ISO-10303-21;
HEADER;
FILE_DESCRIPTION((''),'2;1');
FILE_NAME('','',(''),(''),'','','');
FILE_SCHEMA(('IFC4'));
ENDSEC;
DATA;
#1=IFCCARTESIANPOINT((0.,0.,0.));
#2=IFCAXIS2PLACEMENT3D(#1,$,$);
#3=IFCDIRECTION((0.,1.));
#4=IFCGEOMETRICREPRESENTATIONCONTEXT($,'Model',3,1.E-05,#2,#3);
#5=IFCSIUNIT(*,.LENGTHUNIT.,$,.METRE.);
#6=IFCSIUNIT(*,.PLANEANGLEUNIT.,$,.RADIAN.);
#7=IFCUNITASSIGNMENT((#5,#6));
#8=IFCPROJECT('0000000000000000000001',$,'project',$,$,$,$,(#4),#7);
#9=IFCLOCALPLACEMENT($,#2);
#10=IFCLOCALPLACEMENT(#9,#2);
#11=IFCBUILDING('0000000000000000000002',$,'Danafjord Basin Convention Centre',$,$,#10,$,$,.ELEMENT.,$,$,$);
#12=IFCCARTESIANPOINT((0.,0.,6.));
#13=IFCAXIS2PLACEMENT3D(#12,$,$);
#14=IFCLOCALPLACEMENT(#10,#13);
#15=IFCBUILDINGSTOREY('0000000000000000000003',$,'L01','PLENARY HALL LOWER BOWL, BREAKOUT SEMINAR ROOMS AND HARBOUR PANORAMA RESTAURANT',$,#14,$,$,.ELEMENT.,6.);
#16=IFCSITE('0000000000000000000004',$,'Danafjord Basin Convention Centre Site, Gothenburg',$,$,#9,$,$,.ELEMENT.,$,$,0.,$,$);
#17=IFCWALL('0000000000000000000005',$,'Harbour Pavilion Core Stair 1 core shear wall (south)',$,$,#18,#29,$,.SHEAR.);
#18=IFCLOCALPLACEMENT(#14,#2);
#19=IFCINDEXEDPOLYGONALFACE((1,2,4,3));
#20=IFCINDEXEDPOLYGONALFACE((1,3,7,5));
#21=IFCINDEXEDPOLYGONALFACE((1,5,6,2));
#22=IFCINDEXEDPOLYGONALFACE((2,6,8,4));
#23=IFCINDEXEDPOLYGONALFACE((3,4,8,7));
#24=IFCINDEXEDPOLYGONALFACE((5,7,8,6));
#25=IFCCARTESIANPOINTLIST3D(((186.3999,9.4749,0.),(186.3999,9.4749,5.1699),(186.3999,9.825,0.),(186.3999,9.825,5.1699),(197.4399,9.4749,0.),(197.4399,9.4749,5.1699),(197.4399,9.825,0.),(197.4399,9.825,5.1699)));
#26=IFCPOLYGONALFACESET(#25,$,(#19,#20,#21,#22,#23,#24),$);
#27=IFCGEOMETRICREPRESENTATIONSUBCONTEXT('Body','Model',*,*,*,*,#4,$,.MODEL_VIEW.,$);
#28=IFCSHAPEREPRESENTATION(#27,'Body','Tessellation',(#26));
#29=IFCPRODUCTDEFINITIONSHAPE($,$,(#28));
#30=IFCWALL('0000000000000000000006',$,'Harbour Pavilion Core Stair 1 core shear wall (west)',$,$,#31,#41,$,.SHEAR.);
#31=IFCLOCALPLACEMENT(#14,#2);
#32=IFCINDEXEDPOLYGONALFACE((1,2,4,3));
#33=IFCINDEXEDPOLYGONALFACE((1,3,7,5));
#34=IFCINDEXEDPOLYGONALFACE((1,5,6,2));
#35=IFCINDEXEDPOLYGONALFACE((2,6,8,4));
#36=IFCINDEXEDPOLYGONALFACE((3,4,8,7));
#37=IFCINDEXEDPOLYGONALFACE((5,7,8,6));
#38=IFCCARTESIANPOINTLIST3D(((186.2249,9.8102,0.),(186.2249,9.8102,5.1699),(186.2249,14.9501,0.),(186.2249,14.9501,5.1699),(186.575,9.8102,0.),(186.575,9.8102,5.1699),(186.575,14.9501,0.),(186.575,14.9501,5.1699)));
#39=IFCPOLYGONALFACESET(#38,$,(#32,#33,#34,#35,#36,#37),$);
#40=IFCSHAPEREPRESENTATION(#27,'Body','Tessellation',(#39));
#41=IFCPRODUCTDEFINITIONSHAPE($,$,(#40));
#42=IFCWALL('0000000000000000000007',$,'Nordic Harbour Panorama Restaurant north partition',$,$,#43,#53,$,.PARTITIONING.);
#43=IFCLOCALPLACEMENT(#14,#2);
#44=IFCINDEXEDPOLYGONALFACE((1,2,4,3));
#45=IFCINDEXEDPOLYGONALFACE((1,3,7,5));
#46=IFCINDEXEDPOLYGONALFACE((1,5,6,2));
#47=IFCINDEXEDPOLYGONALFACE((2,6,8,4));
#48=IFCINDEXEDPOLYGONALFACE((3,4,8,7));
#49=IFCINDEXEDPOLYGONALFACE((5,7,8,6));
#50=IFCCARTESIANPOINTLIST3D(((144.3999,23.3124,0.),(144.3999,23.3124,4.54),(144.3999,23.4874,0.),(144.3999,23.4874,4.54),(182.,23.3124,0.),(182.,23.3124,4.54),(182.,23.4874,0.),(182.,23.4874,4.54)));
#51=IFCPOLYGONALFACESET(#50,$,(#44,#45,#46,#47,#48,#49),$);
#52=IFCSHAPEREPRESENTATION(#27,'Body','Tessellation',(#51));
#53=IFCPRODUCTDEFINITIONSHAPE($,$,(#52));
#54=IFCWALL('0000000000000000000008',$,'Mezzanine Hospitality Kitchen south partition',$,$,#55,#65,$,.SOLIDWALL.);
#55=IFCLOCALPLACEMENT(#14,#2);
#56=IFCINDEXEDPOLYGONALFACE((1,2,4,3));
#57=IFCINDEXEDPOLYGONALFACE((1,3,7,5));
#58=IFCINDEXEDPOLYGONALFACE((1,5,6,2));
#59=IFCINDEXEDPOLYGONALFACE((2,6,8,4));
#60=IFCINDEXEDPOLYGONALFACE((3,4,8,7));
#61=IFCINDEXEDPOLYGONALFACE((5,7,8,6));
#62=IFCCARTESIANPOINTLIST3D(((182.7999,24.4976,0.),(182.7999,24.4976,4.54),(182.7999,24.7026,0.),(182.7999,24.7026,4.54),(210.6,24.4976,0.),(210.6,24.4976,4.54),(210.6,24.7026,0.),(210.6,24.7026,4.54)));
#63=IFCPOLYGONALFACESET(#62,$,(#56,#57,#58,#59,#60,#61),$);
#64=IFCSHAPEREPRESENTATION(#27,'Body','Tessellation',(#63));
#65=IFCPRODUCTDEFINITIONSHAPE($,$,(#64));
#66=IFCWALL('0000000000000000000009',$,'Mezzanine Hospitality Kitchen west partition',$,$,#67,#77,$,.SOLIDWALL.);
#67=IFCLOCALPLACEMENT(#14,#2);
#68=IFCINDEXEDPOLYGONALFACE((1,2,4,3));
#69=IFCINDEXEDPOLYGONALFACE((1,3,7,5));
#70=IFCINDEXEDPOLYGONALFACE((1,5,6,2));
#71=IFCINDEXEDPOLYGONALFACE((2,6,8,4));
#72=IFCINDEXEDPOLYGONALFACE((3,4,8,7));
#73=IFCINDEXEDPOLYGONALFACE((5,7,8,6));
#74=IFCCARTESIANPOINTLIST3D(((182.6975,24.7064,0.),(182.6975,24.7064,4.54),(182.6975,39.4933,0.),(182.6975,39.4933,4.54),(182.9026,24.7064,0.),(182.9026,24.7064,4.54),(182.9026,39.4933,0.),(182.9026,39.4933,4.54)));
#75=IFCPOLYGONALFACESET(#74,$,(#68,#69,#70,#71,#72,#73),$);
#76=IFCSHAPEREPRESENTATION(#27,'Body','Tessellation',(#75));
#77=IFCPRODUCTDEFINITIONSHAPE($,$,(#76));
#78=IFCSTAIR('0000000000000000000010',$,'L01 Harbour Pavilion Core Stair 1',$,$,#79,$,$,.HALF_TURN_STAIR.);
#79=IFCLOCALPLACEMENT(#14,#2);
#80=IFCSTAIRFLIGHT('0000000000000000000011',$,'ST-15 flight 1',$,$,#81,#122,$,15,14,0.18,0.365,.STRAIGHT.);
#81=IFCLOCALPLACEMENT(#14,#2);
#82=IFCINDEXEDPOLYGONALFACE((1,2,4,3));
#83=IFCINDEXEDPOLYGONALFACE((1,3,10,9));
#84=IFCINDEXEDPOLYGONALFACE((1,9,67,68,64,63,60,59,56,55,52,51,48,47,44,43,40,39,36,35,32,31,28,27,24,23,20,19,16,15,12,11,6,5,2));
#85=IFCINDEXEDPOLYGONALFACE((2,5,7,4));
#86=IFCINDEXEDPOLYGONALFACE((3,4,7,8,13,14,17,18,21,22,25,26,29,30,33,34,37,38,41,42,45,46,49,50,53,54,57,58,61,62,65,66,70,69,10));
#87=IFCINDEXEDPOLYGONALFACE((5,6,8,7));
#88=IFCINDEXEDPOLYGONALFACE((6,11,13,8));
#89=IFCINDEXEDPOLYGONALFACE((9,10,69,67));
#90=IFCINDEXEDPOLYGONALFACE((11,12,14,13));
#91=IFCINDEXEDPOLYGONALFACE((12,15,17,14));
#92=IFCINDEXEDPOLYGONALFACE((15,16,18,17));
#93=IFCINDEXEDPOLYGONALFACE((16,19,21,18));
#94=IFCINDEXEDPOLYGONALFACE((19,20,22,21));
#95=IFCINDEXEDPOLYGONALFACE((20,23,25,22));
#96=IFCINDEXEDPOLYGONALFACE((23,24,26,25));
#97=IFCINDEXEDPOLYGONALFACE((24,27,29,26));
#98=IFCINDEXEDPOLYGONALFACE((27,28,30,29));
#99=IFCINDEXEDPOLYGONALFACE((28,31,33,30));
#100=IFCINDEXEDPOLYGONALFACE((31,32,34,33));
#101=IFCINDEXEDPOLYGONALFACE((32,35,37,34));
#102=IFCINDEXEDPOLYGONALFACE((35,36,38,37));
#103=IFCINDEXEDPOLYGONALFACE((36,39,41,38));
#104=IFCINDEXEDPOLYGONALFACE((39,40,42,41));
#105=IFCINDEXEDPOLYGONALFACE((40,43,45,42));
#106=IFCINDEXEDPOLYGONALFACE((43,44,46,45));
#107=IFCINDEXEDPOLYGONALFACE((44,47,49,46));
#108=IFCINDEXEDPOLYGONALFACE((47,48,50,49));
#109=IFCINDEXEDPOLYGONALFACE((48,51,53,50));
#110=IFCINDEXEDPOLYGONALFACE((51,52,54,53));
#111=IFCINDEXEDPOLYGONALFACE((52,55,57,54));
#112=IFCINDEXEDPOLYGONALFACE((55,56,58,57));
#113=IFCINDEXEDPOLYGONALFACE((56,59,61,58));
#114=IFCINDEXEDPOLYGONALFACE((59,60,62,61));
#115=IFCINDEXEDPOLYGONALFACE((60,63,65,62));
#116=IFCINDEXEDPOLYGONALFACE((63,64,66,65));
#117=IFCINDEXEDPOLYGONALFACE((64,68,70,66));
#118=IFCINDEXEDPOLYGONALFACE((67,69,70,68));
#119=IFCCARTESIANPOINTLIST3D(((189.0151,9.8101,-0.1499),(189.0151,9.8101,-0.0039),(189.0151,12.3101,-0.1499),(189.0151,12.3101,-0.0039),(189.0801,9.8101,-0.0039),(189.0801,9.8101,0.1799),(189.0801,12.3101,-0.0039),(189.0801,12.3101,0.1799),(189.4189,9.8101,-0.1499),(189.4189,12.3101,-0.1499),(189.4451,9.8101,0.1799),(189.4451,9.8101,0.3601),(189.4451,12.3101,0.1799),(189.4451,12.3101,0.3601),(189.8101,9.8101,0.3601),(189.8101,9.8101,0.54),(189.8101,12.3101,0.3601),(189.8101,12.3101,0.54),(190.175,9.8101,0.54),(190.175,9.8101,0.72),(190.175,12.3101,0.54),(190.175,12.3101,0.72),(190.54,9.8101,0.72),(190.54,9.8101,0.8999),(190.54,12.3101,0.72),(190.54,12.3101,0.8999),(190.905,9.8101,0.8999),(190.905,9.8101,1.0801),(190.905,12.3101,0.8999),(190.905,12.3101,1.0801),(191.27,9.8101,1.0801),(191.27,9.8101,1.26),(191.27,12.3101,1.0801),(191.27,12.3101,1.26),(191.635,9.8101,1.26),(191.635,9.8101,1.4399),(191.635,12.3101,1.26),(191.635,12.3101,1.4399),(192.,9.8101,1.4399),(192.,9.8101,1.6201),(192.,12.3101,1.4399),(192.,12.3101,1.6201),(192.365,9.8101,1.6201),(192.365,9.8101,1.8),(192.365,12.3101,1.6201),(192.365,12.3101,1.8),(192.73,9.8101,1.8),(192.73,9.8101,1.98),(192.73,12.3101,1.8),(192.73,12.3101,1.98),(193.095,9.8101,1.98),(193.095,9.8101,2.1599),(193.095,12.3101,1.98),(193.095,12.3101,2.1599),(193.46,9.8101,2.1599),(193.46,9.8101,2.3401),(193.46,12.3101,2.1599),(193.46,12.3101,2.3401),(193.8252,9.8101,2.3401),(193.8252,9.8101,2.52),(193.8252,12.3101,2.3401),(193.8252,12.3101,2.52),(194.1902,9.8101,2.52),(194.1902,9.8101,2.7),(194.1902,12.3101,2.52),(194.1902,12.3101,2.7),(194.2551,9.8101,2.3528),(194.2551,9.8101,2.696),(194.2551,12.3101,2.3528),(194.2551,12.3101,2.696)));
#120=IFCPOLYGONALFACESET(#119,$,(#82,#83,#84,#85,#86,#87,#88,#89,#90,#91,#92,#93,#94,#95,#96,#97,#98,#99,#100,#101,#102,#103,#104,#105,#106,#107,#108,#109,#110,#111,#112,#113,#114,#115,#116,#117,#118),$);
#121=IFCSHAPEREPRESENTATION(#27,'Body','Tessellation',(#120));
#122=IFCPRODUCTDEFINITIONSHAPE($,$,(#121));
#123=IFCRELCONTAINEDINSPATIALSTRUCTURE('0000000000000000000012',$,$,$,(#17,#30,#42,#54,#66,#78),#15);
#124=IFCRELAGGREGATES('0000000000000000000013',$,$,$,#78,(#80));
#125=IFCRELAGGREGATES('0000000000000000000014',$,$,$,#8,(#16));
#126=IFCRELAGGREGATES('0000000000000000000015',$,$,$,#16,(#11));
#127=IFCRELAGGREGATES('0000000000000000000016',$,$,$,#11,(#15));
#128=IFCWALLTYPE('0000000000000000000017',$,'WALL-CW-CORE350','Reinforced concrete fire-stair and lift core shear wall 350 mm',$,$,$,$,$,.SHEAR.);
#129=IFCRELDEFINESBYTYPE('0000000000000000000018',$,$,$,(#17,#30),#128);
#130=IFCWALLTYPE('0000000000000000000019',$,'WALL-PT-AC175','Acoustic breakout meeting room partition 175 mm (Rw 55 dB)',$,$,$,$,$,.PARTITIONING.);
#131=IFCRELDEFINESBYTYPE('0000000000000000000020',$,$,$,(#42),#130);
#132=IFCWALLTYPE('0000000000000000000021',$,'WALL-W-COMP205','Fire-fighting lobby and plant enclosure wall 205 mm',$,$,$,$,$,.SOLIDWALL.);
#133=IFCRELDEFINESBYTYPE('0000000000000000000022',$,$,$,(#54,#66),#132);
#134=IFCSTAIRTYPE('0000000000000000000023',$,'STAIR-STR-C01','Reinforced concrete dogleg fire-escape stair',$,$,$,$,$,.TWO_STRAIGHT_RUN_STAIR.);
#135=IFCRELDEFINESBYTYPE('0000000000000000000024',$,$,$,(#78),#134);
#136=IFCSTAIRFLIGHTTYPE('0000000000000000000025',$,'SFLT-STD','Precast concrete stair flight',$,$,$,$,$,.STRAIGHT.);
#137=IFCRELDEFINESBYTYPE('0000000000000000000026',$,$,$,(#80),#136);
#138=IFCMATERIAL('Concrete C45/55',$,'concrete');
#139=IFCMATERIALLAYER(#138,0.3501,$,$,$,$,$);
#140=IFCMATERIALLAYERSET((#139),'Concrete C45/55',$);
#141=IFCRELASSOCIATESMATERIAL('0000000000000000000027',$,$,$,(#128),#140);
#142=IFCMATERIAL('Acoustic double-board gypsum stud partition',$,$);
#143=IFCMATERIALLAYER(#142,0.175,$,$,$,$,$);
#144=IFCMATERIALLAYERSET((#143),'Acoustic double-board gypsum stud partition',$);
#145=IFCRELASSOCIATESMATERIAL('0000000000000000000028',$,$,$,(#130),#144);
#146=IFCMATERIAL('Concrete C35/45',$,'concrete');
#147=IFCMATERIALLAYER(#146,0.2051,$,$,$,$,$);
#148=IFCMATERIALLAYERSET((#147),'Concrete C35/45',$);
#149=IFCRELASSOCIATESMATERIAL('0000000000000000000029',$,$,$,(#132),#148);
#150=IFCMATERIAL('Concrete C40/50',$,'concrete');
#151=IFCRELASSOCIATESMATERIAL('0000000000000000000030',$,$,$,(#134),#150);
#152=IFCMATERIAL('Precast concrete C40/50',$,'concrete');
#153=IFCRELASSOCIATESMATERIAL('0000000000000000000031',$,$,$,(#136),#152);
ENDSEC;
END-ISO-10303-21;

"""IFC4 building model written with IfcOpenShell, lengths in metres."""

from ifc_helpers import new_model, si_unit, direction, frame, frame_2d, origin, place, context, subcontext, project, spatial, polyline, rectangle, outline, extrude, material, layer, layer_set, type_object, element, aggregate, save


model = new_model("IFC4")

# Units and contexts
model_context = context("Model", 3, precision=1e-05, world=origin(), true_north=direction((0.0, 1.0)))
body_context = subcontext(model_context, "Body", "Model", "MODEL_VIEW")
ifc_project = project(units=[si_unit("LENGTHUNIT", "METRE"), si_unit("PLANEANGLEUNIT", "RADIAN")], contexts=[model_context])

# Site, building, storey
site_placement = place(None, origin())
site = spatial("IfcSite", under=ifc_project, at=site_placement, Name="Danafjord Basin Convention Centre Site, Gothenburg", CompositionType="ELEMENT", RefElevation=0.0)
building_placement = place(site_placement, origin())
building = spatial("IfcBuilding", under=site, at=building_placement, Name="Danafjord Basin Convention Centre", CompositionType="ELEMENT")
storey_placement = place(building_placement, frame((0.0, 0.0, 6.0)))
storey = spatial("IfcBuildingStorey", under=building, at=storey_placement, Name="L01", Description="PLENARY HALL LOWER BOWL, BREAKOUT SEMINAR ROOMS AND HARBOUR PANORAMA RESTAURANT", CompositionType="ELEMENT", Elevation=6.0)

# Shared definitions
ifc_material_1 = material(Name="Concrete C40/50", Category="concrete")

# Walls
ifc_material_2 = material(Name="Concrete C45/55", Category="concrete")
ifc_layer_1 = layer(ifc_material_2, 0.3501)
ifc_layer_set_1 = layer_set([ifc_layer_1], Name="Concrete C45/55")
wall_type_1 = type_object("IfcWallType", Name="WALL-CW-CORE350", Description="Reinforced concrete fire-stair and lift core shear wall 350 mm", PredefinedType="SHEAR", material=ifc_layer_set_1)
wall_1_placement = place(storey_placement, frame((186.3999, 9.6499, 0.0), z_axis=(0.0, 0.0, 1.0), x_axis=(1.0, 0.0, 0.0)))
element("IfcWall", 1, at=wall_1_placement, inside=storey, type_object=wall_type_1, Name="Harbour Pavilion Core Stair 1 core shear wall (south)", PredefinedType="SHEAR", context=body_context, shape_type="SweptSolid", body=[
    extrude(rectangle(XDim=11.04, YDim=0.3501, at=frame_2d((5.52, 0.0))), origin(), (0.0, 0.0, 1.0), 5.1699),
])
wall_2_placement = place(storey_placement, frame((186.3999, 14.95, 0.0), z_axis=(0.0, 0.0, 1.0), x_axis=(0.0, -1.0, 0.0)))
element("IfcWall", 2, at=wall_2_placement, inside=storey, type_object=wall_type_1, Name="Harbour Pavilion Core Stair 1 core shear wall (west)", PredefinedType="SHEAR", context=body_context, shape_type="SweptSolid", body=[
    extrude(rectangle(XDim=5.1399, YDim=0.3501, at=frame_2d((2.5698, 0.0))), origin(), (0.0, 0.0, 1.0), 5.1699),
])
ifc_material_3 = material(Name="Acoustic double-board gypsum stud partition")
ifc_layer_2 = layer(ifc_material_3, 0.175)
ifc_layer_set_2 = layer_set([ifc_layer_2], Name="Acoustic double-board gypsum stud partition")
wall_type_2 = type_object("IfcWallType", Name="WALL-PT-AC175", Description="Acoustic breakout meeting room partition 175 mm (Rw 55 dB)", PredefinedType="PARTITIONING", material=ifc_layer_set_2)
wall_3_placement = place(storey_placement, frame((182.0, 23.3999, 0.0), z_axis=(0.0, 0.0, 1.0), x_axis=(-1.0, 0.0, 0.0)))
element("IfcWall", 3, at=wall_3_placement, inside=storey, type_object=wall_type_2, Name="Nordic Harbour Panorama Restaurant north partition", PredefinedType="PARTITIONING", context=body_context, shape_type="SweptSolid", body=[
    extrude(rectangle(XDim=37.6001, YDim=0.175, at=frame_2d((18.8, 0.0))), origin(), (0.0, 0.0, 1.0), 4.54),
])
ifc_material_4 = material(Name="Concrete C35/45", Category="concrete")
ifc_layer_3 = layer(ifc_material_4, 0.2051)
ifc_layer_set_3 = layer_set([ifc_layer_3], Name="Concrete C35/45")
wall_type_3 = type_object("IfcWallType", Name="WALL-W-COMP205", Description="Fire-fighting lobby and plant enclosure wall 205 mm", PredefinedType="SOLIDWALL", material=ifc_layer_set_3)
wall_4_placement = place(storey_placement, frame((182.8, 24.6001, 0.0), z_axis=(0.0, 0.0, 1.0), x_axis=(1.0, 0.0, 0.0)))
element("IfcWall", 4, at=wall_4_placement, inside=storey, type_object=wall_type_3, Name="Mezzanine Hospitality Kitchen south partition", PredefinedType="SOLIDWALL", context=body_context, shape_type="SweptSolid", body=[
    extrude(rectangle(XDim=27.8, YDim=0.2051, at=frame_2d((13.8999, 0.0))), origin(), (0.0, 0.0, 1.0), 4.54),
])
wall_5_placement = place(storey_placement, frame((182.8, 39.4934, 0.0), z_axis=(0.0, 0.0, 1.0), x_axis=(0.0, -1.0, 0.0)))
element("IfcWall", 5, at=wall_5_placement, inside=storey, type_object=wall_type_3, Name="Mezzanine Hospitality Kitchen west partition", PredefinedType="SOLIDWALL", context=body_context, shape_type="SweptSolid", body=[
    extrude(rectangle(XDim=14.7869, YDim=0.2051, at=frame_2d((7.3936, 0.0))), origin(), (0.0, 0.0, 1.0), 4.54),
])

# Stair, stair flight
stair_type = type_object("IfcStairType", Name="STAIR-STR-C01", Description="Reinforced concrete dogleg fire-escape stair", PredefinedType="TWO_STRAIGHT_RUN_STAIR", material=ifc_material_1)
stair_placement = place(storey_placement, origin())
stair = element("IfcStair", 6, at=stair_placement, inside=storey, type_object=stair_type, Name="L01 Harbour Pavilion Core Stair 1", PredefinedType="HALF_TURN_STAIR")
ifc_material_5 = material(Name="Precast concrete C40/50", Category="concrete")
stair_flight_type = type_object("IfcStairFlightType", Name="SFLT-STD", Description="Precast concrete stair flight", PredefinedType="STRAIGHT", material=ifc_material_5)
stair_flight_placement = place(storey_placement, frame((189.0801, 11.0601, 0.0), z_axis=(0.0, 0.0, 1.0), x_axis=(1.0, 0.0, 0.0)))
stair_flight = element("IfcStairFlight", 7, at=stair_flight_placement, type_object=stair_flight_type, Name="ST-15 flight 1", NumberOfRisers=15, NumberOfTreads=14, PredefinedType="STRAIGHT", RiserHeight=0.18, TreadLength=0.365, context=body_context, shape_type="SweptSolid", body=[
    extrude(outline(polyline([(-0.0649, -0.1499), (-0.0649, -0.0039), (0.0, -0.0039), (0.0, 0.1799), (0.365, 0.1799), (0.365, 0.3601), (0.73, 0.3601), (0.73, 0.54), (1.095, 0.54), (1.095, 0.72), (1.46, 0.72), (1.46, 0.8999), (1.825, 0.8999), (1.825, 1.0801), (2.1899, 1.0801), (2.1899, 1.26), (2.5549, 1.26), (2.5549, 1.4399), (2.9199, 1.4399), (2.9199, 1.6201), (3.2849, 1.6201), (3.2849, 1.8), (3.6499, 1.8), (3.6499, 1.98), (4.0149, 1.98), (4.0149, 2.1599), (4.3799, 2.1599), (4.3799, 2.3401), (4.7451, 2.3401), (4.7451, 2.52), (5.1101, 2.52), (5.1101, 2.7), (5.175, 2.696), (5.175, 2.3528), (0.3389, -0.1499), (-0.0649, -0.1499)])), frame((0.0, 1.25, 0.0), z_axis=(0.0, -1.0, 0.0), x_axis=(1.0, 0.0, 0.0)), (0.0, 0.0, 1.0), 2.5),
])
aggregate(stair, [stair_flight])

save(model, "model.ifc")
